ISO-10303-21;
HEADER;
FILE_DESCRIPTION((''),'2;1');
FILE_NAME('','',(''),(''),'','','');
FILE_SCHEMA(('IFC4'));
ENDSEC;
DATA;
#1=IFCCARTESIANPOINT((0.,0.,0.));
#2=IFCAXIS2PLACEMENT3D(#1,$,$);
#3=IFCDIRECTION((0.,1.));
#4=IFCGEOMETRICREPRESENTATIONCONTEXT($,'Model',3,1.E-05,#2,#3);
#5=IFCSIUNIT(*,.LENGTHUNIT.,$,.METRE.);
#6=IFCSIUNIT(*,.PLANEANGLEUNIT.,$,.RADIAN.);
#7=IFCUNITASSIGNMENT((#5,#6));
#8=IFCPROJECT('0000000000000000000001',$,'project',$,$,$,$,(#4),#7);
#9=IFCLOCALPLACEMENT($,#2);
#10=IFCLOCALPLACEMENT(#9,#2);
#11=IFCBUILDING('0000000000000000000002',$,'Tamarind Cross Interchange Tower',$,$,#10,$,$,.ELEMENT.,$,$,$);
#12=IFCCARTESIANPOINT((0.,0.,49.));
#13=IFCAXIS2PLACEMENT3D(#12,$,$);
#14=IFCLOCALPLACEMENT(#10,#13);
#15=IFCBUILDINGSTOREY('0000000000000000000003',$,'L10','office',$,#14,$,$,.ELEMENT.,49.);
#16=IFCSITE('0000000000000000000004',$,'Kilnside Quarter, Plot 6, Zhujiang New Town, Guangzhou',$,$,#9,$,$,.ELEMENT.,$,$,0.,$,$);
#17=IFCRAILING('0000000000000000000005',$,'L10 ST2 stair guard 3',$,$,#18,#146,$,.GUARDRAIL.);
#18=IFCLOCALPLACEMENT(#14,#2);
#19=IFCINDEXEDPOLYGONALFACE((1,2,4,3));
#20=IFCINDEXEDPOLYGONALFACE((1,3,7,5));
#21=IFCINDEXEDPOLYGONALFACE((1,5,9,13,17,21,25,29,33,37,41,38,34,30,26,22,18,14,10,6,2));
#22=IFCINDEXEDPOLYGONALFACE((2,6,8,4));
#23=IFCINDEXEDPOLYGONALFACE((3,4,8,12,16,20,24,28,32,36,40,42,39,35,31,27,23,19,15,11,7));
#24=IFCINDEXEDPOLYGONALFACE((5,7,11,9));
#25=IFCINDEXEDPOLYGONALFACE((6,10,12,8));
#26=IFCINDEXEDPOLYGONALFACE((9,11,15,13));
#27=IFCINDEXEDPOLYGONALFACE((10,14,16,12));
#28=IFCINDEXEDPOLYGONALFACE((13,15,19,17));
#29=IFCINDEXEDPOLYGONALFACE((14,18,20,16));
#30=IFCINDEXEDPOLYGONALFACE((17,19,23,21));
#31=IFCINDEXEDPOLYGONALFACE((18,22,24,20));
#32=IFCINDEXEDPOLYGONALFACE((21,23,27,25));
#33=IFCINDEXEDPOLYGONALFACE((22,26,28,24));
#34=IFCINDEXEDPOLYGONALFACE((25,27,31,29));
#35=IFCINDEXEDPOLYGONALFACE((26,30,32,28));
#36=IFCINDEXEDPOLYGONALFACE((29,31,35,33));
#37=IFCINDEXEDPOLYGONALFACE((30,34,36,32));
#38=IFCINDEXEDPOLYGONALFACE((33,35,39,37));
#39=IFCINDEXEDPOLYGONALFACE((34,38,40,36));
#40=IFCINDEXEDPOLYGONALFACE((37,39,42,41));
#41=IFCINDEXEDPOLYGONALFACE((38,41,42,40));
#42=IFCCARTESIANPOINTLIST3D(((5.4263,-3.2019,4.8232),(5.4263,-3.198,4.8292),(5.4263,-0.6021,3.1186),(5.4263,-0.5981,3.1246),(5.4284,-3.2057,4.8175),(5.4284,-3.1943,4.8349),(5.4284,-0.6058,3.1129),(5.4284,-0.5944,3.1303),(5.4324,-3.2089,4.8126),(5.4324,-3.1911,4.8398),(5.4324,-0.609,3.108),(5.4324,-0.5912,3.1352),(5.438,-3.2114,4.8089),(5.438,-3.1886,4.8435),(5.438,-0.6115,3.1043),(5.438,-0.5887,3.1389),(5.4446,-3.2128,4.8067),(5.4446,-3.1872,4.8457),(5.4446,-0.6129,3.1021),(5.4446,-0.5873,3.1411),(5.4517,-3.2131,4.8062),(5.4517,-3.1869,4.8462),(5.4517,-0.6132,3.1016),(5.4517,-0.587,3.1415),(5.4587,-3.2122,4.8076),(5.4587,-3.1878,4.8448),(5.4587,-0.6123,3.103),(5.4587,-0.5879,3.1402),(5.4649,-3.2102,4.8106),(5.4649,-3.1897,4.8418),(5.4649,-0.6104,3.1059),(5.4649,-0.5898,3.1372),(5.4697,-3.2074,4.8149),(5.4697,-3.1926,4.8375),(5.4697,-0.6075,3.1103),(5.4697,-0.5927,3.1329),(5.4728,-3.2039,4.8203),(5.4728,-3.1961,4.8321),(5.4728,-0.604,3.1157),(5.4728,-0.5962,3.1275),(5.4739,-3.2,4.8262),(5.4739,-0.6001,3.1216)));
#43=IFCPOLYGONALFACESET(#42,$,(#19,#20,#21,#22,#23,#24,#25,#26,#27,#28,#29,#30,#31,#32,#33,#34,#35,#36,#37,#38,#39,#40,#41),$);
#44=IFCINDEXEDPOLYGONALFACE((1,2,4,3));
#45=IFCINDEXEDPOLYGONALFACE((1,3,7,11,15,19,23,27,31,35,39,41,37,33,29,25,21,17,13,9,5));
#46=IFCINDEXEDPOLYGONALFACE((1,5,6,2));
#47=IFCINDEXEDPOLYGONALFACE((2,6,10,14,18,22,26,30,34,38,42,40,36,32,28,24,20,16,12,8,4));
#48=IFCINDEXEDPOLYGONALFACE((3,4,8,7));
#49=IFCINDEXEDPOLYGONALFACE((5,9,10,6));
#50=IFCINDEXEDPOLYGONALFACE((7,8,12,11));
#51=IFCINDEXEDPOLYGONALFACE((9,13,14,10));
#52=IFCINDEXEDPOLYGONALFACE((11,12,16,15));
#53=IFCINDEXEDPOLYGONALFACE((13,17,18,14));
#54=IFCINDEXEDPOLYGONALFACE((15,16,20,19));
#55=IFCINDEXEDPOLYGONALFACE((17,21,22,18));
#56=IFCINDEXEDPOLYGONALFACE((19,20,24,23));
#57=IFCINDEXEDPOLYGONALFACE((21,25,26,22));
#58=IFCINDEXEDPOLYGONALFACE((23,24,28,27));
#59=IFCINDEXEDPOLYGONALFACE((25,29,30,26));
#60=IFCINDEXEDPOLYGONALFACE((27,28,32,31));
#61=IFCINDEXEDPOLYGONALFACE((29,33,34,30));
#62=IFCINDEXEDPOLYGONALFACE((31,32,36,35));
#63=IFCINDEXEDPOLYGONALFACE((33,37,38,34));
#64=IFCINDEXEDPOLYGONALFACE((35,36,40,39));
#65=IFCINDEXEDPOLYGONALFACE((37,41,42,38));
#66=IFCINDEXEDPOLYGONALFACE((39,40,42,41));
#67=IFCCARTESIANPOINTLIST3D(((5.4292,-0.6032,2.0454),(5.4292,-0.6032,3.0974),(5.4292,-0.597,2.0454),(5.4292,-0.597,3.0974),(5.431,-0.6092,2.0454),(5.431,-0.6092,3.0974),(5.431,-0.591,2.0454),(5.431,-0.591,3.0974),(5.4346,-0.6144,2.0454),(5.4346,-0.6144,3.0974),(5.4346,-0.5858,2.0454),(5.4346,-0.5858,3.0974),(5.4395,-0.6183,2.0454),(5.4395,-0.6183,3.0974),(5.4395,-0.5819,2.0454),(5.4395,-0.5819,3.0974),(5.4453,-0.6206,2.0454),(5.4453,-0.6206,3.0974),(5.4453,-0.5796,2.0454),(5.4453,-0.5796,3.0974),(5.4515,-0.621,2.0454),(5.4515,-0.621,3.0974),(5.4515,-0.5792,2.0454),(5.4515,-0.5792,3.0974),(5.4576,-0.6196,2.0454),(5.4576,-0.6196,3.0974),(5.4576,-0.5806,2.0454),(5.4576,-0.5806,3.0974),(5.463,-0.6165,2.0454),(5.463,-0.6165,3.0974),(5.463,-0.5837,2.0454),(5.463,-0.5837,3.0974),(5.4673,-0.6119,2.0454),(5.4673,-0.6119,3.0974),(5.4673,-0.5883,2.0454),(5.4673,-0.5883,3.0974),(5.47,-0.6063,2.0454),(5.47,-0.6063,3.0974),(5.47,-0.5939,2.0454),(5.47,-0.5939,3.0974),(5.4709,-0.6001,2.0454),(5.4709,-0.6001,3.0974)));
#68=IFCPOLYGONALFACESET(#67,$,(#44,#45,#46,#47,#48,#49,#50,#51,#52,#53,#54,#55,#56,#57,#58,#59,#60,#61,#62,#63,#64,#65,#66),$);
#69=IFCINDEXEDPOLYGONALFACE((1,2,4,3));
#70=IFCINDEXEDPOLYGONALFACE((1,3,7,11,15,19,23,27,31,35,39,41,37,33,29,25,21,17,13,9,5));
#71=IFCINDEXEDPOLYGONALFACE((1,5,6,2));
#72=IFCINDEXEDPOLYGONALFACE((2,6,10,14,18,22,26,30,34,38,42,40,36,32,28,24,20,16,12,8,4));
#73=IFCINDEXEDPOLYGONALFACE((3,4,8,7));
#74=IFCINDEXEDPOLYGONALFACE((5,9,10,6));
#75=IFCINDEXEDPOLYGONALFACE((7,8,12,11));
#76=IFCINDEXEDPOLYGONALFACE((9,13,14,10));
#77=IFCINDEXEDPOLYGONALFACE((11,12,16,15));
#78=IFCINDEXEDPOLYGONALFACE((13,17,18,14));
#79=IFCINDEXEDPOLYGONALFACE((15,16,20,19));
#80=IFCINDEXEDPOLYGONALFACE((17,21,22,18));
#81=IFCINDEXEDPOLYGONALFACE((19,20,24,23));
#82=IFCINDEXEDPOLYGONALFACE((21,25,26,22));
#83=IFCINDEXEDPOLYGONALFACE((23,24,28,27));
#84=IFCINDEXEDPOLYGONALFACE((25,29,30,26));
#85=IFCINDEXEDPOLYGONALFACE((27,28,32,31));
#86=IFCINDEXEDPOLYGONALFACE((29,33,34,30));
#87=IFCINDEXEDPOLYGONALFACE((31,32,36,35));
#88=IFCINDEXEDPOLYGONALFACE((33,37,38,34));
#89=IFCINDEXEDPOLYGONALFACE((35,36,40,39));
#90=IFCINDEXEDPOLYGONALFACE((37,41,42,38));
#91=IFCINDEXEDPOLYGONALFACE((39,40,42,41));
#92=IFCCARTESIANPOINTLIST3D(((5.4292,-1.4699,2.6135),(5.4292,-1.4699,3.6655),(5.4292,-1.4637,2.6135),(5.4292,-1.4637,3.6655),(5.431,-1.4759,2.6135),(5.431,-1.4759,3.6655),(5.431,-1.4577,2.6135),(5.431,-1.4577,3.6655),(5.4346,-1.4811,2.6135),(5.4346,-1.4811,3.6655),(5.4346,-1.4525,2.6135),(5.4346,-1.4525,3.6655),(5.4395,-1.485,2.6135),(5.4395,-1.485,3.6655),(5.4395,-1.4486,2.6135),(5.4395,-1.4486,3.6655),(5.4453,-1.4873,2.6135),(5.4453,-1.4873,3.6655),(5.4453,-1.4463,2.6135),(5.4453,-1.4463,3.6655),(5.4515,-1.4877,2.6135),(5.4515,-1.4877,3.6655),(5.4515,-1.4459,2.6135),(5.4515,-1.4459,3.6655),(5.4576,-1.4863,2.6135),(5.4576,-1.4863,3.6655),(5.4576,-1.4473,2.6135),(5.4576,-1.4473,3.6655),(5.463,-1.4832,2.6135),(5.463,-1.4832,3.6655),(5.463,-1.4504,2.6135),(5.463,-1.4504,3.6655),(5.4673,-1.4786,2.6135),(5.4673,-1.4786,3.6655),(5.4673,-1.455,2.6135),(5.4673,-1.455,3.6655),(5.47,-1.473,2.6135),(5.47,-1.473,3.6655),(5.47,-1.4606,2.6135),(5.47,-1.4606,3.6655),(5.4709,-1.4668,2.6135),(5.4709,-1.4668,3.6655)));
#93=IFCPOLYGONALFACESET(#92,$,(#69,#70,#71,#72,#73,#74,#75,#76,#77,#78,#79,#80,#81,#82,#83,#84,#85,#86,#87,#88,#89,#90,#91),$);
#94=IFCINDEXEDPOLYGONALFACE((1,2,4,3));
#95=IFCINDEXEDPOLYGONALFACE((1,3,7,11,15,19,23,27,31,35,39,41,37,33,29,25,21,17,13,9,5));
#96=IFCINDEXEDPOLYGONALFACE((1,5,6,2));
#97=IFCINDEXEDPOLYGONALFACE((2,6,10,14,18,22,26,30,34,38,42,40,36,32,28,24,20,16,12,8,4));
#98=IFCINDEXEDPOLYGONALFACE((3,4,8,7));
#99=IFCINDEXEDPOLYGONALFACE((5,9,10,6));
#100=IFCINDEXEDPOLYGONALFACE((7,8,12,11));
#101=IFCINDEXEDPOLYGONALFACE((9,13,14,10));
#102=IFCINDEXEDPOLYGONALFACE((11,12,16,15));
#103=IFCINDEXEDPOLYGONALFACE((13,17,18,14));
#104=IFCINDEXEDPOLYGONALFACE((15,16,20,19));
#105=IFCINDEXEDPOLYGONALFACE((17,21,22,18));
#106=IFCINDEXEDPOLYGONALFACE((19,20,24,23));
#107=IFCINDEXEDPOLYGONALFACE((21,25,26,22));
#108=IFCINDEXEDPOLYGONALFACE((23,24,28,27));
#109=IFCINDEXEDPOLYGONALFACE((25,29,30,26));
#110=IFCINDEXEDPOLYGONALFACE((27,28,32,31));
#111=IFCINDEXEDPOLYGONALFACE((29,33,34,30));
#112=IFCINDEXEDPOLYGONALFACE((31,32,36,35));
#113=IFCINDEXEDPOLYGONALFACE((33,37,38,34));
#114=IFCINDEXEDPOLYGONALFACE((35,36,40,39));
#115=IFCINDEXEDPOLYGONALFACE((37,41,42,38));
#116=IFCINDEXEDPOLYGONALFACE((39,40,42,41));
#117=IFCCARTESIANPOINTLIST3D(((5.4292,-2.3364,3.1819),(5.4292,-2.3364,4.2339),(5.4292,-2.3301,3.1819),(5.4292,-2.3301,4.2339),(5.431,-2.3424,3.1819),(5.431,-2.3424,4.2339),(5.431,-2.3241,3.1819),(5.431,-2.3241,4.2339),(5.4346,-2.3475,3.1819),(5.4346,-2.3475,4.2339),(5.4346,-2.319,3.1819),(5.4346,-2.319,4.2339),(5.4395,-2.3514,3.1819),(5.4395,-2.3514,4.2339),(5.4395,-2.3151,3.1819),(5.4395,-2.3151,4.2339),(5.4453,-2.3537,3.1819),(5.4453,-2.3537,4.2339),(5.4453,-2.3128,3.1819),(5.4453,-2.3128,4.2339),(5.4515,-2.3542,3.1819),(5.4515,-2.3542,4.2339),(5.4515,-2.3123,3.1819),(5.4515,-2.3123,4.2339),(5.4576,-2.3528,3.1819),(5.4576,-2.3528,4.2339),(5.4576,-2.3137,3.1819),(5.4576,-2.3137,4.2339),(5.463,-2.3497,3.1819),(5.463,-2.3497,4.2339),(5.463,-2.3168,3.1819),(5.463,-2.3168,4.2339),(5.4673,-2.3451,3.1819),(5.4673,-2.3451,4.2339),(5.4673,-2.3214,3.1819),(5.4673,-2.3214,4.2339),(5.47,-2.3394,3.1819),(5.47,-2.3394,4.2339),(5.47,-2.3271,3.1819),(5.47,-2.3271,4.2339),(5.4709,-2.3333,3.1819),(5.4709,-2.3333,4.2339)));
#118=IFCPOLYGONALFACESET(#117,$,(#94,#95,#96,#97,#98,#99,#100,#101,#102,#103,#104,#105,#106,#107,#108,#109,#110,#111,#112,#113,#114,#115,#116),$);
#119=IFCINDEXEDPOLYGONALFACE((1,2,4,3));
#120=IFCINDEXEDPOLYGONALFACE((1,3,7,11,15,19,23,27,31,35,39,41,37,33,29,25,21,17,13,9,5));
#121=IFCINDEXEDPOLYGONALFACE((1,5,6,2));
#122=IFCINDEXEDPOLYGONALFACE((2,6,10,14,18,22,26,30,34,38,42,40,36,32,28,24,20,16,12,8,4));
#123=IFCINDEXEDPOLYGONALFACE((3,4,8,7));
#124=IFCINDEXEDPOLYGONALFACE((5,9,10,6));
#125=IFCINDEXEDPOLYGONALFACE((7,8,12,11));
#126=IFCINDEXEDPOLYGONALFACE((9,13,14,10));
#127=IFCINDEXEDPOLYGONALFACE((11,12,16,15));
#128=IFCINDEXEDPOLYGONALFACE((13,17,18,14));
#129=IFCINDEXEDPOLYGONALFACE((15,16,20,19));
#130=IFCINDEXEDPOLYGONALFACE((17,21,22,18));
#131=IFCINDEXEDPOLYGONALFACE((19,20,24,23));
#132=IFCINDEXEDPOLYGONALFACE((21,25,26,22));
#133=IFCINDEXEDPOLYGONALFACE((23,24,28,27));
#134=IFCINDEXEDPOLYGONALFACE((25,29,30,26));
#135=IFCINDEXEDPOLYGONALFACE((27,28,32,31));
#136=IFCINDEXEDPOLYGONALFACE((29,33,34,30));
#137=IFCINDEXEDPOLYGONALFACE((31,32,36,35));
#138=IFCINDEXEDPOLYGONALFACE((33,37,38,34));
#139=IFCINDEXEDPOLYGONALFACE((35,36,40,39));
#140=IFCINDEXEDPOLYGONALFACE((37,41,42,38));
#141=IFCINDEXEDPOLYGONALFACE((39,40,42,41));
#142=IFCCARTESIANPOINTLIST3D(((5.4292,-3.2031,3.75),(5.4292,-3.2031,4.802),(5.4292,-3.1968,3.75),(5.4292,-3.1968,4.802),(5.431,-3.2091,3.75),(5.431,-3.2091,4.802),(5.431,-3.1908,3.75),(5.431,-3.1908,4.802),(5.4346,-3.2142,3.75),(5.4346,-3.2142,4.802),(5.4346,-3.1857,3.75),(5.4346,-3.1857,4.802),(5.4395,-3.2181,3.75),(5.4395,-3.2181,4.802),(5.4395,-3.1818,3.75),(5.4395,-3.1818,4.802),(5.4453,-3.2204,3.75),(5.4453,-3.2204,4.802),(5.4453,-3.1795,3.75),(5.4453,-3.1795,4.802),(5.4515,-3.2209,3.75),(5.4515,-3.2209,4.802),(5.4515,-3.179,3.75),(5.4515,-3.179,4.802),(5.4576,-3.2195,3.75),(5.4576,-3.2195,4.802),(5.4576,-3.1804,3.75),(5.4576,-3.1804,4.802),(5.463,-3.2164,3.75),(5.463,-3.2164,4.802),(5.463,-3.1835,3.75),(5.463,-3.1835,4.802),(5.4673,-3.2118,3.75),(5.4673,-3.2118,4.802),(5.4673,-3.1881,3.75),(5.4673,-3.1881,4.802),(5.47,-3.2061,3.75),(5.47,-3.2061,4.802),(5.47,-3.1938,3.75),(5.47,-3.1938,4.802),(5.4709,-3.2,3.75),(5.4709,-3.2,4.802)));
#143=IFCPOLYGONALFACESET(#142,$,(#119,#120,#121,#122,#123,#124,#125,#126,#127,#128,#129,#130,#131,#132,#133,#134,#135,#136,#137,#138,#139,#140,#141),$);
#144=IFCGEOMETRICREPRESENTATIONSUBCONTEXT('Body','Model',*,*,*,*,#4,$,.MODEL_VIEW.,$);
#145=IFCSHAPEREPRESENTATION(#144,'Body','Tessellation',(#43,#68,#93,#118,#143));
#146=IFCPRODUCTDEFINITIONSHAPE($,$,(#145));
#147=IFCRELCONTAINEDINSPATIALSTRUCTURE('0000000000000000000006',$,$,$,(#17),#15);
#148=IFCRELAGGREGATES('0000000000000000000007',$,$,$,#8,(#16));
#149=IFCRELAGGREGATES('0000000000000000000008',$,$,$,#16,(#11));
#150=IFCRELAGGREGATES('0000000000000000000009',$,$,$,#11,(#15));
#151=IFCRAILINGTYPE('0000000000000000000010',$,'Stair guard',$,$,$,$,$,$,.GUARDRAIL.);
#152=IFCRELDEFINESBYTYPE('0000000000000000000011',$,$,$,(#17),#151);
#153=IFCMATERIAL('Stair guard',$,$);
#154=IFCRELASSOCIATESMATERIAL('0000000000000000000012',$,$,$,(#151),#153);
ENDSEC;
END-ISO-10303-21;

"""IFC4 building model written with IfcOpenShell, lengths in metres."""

from ifc_helpers import new_model, si_unit, direction, frame, origin, origin_2d, place, context, subcontext, project, spatial, circle, extrude, material, type_object, element, save


model = new_model("IFC4")

# Units and contexts
model_context = context("Model", 3, precision=1e-05, world=origin(), true_north=direction((0.0, 1.0)))
body_context = subcontext(model_context, "Body", "Model", "MODEL_VIEW")
ifc_project = project(units=[si_unit("LENGTHUNIT", "METRE"), si_unit("PLANEANGLEUNIT", "RADIAN")], contexts=[model_context])

# Site, building, storey
site_placement = place(None, origin())
site = spatial("IfcSite", under=ifc_project, at=site_placement, Name="Kilnside Quarter, Plot 6, Zhujiang New Town, Guangzhou", CompositionType="ELEMENT", RefElevation=0.0)
building_placement = place(site_placement, origin())
building = spatial("IfcBuilding", under=site, at=building_placement, Name="Tamarind Cross Interchange Tower", CompositionType="ELEMENT")
storey_placement = place(building_placement, frame((0.0, 0.0, 49.0)))
storey = spatial("IfcBuildingStorey", under=building, at=storey_placement, Name="L10", Description="office", CompositionType="ELEMENT", Elevation=49.0)

# Railing
ifc_material_1 = material(Name="Stair guard")
railing_type_1 = type_object("IfcRailingType", Name="Stair guard", PredefinedType="GUARDRAIL", material=ifc_material_1)
railing_1_placement = place(storey_placement, frame((5.45, -0.6001, 2.0454)))
element("IfcRailing", 1, at=railing_1_placement, inside=storey, type_object=railing_type_1, Name="L10 ST2 stair guard 3", PredefinedType="GUARDRAIL", context=body_context, shape_type="SweptSolid", body=[
    extrude(circle(Radius=0.0239, at=origin_2d()), frame((0.0, 0.0, 1.0762), z_axis=(0.0, -0.836279, 0.548305), x_axis=(1.0, 0.0, 0.0)), (0.0, 0.0, 1.0), 3.1089),
    extrude(circle(Radius=0.021, at=origin_2d()), origin(), (0.0, 0.0, 1.0), 1.052),
    extrude(circle(Radius=0.021, at=origin_2d()), frame((0.0, -0.8667, 0.5681)), (0.0, 0.0, 1.0), 1.052),
    extrude(circle(Radius=0.021, at=origin_2d()), frame((0.0, -1.7332, 1.1365)), (0.0, 0.0, 1.0), 1.052),
    extrude(circle(Radius=0.021, at=origin_2d()), frame((0.0, -2.5999, 1.7046)), (0.0, 0.0, 1.0), 1.052),
])

save(model, "model.ifc")
